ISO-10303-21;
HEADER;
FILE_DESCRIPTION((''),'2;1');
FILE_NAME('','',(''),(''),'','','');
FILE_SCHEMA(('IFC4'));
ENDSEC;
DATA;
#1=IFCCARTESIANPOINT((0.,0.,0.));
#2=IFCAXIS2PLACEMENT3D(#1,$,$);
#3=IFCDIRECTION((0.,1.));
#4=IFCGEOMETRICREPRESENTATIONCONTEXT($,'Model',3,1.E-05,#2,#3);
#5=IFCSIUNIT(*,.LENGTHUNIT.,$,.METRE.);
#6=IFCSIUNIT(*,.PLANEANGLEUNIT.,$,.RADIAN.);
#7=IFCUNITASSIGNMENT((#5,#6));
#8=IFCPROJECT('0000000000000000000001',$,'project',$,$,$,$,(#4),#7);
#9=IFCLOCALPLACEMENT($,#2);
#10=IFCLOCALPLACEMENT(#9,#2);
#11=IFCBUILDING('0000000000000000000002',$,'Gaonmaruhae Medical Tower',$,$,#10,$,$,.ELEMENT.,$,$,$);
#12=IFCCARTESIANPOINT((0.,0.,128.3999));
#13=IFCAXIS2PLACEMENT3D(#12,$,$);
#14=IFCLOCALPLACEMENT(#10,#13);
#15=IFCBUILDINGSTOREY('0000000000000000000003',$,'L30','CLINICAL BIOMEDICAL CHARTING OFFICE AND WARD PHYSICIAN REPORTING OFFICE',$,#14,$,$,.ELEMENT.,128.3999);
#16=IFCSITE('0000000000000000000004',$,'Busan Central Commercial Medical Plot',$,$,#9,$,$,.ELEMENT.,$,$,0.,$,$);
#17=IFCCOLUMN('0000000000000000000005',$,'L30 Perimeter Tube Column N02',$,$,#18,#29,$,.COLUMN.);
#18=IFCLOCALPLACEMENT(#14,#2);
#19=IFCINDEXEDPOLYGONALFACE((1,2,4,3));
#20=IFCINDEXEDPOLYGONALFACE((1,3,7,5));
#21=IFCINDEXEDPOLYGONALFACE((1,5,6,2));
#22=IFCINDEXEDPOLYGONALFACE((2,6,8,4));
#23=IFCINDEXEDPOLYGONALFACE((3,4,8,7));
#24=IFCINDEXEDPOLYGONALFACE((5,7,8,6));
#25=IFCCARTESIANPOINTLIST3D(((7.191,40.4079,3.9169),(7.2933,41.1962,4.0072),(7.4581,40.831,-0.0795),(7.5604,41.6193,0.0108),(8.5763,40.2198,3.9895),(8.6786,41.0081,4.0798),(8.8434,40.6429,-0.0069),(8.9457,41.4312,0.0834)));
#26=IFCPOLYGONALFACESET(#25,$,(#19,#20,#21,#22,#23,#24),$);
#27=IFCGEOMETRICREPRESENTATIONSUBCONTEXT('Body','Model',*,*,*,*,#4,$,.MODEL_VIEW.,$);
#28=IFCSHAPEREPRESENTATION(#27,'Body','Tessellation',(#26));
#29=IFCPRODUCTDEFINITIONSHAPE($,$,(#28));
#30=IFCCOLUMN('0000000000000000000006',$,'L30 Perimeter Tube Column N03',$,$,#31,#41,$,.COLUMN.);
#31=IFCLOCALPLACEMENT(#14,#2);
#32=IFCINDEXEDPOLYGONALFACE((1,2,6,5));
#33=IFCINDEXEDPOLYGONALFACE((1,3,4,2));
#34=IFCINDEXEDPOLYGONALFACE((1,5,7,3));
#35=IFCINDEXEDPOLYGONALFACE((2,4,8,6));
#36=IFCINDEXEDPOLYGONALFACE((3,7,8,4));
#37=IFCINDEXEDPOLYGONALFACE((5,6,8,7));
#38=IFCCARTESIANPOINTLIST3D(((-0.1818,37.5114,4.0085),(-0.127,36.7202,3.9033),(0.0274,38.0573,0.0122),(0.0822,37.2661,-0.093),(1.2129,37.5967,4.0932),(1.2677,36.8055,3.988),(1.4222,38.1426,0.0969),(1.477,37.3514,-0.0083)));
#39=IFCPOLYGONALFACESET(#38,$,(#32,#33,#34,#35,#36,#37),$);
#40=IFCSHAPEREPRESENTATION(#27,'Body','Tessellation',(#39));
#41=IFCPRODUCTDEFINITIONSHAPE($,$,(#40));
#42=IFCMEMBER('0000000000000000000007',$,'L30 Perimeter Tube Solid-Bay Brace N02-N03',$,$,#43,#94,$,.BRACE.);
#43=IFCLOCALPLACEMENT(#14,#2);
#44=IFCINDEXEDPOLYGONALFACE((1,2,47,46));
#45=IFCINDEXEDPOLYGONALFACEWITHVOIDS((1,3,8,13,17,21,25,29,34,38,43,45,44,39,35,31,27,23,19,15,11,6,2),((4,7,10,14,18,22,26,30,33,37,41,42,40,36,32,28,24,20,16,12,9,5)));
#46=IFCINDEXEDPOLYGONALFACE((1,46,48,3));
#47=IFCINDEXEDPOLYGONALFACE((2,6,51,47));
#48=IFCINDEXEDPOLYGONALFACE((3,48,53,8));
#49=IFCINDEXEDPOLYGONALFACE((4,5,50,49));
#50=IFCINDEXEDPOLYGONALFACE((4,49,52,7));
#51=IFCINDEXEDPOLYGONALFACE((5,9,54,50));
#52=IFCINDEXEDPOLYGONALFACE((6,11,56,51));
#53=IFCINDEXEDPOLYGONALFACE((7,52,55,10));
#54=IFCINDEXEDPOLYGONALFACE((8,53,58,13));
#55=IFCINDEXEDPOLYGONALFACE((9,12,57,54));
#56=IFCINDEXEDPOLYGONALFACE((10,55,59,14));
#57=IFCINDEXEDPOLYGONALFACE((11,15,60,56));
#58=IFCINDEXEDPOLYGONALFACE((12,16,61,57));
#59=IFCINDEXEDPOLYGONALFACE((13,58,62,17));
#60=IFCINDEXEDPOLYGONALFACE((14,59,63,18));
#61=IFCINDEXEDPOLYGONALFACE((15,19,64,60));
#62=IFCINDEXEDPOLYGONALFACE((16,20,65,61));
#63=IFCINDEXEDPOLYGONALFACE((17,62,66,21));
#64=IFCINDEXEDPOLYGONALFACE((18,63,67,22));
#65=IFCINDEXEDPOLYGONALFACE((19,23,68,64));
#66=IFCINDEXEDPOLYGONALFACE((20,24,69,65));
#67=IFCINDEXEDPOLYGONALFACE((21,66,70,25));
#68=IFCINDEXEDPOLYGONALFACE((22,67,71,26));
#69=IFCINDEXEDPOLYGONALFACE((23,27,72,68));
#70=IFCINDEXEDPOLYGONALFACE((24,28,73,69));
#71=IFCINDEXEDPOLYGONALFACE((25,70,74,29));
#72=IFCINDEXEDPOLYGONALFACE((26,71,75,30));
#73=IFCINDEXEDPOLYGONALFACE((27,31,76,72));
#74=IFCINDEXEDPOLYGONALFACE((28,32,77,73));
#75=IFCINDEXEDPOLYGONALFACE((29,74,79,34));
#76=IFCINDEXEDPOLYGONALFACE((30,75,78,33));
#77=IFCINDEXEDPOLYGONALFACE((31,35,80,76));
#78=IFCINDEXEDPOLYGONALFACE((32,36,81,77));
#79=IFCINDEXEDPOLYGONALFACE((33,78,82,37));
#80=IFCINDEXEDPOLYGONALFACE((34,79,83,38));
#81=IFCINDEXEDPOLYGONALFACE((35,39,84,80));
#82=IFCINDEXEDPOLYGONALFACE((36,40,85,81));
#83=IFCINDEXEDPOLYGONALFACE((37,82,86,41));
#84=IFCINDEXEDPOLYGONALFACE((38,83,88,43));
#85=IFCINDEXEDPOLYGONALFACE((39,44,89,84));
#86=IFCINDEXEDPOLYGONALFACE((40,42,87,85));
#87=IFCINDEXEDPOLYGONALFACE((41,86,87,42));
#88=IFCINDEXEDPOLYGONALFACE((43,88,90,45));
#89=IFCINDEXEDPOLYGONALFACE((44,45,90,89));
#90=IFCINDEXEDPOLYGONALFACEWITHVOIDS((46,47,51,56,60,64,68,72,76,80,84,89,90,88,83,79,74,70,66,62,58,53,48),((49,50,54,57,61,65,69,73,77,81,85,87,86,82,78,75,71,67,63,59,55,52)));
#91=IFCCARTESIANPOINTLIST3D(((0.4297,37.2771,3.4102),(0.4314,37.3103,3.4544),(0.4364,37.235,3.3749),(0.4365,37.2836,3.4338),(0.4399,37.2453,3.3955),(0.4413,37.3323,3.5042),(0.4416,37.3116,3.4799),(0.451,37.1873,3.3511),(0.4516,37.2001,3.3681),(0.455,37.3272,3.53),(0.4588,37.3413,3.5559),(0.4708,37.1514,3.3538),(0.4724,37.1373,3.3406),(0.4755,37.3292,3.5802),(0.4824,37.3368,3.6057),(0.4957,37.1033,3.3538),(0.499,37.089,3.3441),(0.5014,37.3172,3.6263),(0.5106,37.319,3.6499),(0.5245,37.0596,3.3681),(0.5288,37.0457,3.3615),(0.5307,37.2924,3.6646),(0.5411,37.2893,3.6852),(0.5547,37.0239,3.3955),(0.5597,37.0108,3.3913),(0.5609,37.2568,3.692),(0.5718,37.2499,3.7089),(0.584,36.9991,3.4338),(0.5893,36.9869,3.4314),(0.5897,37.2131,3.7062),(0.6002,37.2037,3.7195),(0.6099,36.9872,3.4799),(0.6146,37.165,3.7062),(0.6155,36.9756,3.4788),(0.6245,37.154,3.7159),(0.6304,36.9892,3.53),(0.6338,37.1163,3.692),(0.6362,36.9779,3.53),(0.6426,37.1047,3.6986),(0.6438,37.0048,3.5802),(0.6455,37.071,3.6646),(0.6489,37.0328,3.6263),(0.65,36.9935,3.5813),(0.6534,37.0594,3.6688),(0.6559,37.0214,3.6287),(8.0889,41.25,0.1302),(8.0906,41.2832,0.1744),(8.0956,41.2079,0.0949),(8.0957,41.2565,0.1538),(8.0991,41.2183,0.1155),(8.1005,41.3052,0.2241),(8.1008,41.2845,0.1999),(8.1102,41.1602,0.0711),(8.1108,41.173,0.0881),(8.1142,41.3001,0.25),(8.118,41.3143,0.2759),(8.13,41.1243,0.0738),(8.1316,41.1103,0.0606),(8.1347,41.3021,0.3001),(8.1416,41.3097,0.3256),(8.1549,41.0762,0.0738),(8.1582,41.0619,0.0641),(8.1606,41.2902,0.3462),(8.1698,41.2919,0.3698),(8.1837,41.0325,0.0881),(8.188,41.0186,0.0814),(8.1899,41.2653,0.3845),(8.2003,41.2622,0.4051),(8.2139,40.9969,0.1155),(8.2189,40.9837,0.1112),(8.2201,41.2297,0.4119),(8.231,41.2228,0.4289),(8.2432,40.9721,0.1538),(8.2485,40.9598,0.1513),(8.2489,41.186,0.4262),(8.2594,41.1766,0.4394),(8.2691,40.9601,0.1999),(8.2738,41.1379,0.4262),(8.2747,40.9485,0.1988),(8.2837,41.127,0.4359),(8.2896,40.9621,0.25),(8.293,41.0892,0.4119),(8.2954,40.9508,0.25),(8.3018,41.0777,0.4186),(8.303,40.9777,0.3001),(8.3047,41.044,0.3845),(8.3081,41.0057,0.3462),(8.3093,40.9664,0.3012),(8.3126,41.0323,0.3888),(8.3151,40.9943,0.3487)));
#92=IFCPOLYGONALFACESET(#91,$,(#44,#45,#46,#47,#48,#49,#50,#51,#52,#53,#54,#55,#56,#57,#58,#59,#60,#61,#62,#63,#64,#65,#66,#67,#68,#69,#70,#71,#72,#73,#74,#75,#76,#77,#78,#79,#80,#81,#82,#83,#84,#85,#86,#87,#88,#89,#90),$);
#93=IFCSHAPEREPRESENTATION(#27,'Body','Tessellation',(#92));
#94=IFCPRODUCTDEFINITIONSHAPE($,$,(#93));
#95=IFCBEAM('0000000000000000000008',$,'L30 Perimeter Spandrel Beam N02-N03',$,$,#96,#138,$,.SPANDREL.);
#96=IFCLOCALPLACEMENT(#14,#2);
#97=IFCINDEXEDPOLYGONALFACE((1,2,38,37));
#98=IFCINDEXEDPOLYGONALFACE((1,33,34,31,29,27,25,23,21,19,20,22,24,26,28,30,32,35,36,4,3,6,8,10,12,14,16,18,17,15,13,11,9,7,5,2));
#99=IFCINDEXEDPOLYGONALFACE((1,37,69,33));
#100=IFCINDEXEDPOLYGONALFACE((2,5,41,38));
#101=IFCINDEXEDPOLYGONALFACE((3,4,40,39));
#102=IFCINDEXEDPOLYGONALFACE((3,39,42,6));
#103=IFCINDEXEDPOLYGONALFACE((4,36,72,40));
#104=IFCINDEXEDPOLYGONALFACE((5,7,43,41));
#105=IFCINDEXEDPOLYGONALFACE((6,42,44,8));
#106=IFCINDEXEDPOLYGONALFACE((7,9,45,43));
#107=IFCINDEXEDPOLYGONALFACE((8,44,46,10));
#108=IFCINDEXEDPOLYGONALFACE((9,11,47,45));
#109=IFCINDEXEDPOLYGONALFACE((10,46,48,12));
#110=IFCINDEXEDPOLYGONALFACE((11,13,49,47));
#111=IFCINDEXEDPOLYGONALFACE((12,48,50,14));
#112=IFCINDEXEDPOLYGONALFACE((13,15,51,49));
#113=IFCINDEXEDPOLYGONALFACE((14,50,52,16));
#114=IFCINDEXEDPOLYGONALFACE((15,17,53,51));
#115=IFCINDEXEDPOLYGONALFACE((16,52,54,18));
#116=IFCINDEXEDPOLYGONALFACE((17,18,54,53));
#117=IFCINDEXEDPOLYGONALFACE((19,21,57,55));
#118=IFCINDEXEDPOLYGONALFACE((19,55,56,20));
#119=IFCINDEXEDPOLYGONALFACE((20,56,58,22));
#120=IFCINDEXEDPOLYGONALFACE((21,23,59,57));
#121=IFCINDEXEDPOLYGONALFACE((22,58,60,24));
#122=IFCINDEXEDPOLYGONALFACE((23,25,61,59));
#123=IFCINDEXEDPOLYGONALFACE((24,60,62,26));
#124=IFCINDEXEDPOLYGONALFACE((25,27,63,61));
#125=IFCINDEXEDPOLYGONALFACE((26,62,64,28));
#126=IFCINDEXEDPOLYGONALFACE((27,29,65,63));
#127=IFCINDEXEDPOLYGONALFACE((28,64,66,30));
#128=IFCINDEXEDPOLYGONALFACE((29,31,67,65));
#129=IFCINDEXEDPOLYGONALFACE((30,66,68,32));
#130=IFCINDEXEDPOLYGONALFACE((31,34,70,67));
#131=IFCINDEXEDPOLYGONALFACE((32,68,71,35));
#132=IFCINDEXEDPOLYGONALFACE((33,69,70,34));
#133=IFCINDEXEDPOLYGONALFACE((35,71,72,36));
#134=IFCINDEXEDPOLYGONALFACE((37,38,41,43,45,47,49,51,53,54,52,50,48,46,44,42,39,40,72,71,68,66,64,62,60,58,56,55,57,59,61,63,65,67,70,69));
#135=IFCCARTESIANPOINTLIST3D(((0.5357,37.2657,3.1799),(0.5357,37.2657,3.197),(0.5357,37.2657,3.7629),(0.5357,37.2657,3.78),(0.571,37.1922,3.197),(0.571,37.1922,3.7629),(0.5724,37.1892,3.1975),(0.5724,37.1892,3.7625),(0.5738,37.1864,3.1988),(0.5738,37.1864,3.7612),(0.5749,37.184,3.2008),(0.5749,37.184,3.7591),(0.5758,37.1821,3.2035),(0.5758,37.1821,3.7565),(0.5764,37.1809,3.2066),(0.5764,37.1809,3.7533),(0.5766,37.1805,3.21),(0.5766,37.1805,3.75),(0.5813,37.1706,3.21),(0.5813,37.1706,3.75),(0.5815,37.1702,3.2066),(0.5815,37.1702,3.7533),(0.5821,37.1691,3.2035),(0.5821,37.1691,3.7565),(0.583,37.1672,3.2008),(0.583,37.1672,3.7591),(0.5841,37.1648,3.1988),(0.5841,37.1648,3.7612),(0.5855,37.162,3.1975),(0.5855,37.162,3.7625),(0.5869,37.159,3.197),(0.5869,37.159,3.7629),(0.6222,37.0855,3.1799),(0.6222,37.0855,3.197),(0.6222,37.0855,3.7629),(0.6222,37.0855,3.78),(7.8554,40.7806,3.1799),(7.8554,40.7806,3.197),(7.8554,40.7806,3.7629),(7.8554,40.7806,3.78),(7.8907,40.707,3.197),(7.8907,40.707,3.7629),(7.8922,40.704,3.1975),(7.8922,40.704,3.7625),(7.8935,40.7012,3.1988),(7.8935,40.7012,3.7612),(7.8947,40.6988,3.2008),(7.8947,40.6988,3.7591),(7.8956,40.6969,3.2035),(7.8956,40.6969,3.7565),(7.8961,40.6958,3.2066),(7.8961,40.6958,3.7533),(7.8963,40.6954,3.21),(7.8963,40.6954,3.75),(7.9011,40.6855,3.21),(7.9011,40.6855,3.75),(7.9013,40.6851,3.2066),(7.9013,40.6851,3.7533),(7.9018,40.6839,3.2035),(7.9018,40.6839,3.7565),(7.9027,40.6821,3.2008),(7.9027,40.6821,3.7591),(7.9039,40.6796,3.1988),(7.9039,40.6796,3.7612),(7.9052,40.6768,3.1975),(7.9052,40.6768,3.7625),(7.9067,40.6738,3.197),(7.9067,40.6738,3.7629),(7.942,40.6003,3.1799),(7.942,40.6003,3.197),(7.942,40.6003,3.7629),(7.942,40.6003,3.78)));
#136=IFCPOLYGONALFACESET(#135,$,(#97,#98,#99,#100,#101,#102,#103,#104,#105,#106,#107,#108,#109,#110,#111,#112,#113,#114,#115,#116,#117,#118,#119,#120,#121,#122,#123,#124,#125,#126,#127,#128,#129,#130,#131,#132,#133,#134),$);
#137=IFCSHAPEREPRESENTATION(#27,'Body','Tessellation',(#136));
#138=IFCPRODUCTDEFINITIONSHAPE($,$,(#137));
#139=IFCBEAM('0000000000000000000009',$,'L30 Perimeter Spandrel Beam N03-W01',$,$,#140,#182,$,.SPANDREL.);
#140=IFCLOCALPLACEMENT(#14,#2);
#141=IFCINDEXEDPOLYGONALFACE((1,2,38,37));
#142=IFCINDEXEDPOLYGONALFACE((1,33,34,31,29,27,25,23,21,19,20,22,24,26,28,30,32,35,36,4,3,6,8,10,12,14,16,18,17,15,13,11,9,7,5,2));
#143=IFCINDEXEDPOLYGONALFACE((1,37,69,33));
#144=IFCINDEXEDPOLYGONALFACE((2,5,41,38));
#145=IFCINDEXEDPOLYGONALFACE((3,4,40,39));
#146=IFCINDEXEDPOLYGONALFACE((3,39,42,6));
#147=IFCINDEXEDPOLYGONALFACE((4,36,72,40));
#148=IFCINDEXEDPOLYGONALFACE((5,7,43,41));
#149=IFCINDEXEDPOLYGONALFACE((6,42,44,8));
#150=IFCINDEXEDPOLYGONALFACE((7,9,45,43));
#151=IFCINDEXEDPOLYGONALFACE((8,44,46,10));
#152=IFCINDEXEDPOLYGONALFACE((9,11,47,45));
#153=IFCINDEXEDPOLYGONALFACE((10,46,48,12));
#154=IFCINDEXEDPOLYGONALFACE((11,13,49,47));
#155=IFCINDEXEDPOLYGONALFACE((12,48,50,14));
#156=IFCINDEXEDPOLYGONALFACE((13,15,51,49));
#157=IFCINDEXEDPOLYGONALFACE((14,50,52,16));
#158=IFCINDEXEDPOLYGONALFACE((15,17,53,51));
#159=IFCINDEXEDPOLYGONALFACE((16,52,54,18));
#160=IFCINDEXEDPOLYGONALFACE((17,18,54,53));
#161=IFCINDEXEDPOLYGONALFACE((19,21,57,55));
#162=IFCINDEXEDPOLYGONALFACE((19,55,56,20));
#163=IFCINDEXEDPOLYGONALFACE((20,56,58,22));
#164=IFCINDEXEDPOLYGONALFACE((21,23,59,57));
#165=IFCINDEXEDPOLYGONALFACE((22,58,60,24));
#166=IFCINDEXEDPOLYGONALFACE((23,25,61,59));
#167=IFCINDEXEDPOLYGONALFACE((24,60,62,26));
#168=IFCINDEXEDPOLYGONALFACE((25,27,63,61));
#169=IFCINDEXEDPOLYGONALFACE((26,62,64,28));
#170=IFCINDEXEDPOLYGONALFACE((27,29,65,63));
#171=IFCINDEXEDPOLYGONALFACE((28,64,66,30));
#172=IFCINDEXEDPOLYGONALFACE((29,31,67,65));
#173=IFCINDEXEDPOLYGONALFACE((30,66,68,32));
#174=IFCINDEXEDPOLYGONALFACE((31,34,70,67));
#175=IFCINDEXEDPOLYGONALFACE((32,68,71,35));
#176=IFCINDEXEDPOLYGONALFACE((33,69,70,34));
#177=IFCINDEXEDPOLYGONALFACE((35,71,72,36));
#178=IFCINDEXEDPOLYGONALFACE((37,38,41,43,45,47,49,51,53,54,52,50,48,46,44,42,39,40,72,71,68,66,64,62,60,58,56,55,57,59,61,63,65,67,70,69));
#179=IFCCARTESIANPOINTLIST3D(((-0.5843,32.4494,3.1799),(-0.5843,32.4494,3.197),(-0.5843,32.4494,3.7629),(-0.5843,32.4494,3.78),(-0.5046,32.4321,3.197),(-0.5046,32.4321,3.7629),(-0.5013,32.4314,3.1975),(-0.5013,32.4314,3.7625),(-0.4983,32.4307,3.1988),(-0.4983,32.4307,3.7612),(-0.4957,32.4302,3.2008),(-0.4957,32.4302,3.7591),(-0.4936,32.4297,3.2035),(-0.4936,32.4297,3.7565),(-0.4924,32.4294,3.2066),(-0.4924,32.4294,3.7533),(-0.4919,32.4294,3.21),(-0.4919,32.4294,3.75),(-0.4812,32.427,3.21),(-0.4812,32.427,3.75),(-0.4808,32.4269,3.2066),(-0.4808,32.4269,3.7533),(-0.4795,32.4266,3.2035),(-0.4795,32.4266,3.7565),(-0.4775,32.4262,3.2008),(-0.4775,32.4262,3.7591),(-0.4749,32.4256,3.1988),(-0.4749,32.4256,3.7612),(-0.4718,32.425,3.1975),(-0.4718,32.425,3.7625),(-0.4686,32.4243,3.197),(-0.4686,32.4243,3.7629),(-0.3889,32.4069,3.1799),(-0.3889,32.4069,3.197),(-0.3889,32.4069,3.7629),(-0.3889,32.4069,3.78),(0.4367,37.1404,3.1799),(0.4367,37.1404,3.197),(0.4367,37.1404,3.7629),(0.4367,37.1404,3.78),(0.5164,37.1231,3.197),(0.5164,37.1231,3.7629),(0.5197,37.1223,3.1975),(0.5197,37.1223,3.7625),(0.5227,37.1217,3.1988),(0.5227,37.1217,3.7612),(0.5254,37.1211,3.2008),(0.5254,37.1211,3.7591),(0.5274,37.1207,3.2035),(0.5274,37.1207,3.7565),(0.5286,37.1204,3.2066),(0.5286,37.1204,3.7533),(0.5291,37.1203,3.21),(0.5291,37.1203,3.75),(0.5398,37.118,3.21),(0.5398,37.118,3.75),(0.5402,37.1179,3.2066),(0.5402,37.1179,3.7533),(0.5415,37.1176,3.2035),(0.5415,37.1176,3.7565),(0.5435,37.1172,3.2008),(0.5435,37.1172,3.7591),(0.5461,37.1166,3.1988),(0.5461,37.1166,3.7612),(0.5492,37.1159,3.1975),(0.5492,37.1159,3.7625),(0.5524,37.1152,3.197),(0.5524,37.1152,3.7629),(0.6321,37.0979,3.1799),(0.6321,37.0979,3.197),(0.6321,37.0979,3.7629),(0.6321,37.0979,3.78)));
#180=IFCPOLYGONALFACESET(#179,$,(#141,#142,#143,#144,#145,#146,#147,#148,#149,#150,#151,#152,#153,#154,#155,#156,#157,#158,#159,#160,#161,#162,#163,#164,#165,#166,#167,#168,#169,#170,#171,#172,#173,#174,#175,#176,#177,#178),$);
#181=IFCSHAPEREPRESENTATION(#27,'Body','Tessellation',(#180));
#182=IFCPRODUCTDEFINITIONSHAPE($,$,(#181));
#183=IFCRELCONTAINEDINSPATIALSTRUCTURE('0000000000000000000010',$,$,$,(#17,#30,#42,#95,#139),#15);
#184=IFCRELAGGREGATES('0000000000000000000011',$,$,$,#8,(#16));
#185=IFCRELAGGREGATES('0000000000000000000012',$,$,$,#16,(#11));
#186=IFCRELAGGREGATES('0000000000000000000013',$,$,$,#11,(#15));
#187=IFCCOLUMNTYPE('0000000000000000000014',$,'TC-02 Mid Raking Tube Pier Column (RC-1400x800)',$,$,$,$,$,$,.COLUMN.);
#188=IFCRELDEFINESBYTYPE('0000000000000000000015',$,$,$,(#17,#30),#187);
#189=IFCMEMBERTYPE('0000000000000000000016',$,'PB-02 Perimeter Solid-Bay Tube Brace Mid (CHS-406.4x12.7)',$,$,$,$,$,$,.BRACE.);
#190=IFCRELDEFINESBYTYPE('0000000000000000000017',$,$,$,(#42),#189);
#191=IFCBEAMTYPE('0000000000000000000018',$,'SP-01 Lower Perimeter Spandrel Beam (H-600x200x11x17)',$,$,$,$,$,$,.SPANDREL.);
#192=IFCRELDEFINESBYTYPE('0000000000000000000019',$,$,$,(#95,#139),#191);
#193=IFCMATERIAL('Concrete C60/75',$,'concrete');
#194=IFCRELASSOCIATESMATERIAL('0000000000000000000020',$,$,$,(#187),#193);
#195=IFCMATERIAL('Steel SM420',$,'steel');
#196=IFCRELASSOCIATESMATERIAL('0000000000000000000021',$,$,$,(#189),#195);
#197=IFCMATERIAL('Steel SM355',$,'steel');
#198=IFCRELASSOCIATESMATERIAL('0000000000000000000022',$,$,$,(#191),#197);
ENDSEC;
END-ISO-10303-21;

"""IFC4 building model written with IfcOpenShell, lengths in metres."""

from ifc_helpers import new_model, si_unit, direction, frame, origin, origin_2d, place, context, subcontext, project, spatial, rectangle, hollow_circle, i_section, extrude, material, material_profile, profile_set, type_object, element, save


model = new_model("IFC4")

# Units and contexts
model_context = context("Model", 3, precision=1e-05, world=origin(), true_north=direction((0.0, 1.0)))
body_context = subcontext(model_context, "Body", "Model", "MODEL_VIEW")
ifc_project = project(units=[si_unit("LENGTHUNIT", "METRE"), si_unit("PLANEANGLEUNIT", "RADIAN")], contexts=[model_context])

# Site, building, storey
site_placement = place(None, origin())
site = spatial("IfcSite", under=ifc_project, at=site_placement, Name="Busan Central Commercial Medical Plot", CompositionType="ELEMENT", RefElevation=0.0)
building_placement = place(site_placement, origin())
building = spatial("IfcBuilding", under=site, at=building_placement, Name="Gaonmaruhae Medical Tower", CompositionType="ELEMENT")
storey_placement = place(building_placement, frame((0.0, 0.0, 128.3999)))
storey = spatial("IfcBuildingStorey", under=building, at=storey_placement, Name="L30", Description="CLINICAL BIOMEDICAL CHARTING OFFICE AND WARD PHYSICIAN REPORTING OFFICE", CompositionType="ELEMENT", Elevation=128.3999)

# Columns
ifc_material_1 = material(Name="Concrete C60/75", Category="concrete")
ifc_material_profile_1 = material_profile(ifc_material_1, rectangle(XDim=1.3999, YDim=0.8, at=origin_2d()), Name="RC-1400x800")
ifc_profile_set_1 = profile_set([ifc_material_profile_1], Name="Concrete C60/75")
column_type = type_object("IfcColumnType", Name="TC-02 Mid Raking Tube Pier Column (RC-1400x800)", PredefinedType="COLUMN", material=ifc_profile_set_1)
column_1_placement = place(storey_placement, frame((8.2019, 41.1311, 0.002), z_axis=(-0.066316, -0.105051, 0.992253), x_axis=(0.989572, -0.134357, 0.051912)))
element("IfcColumn", 1, at=column_1_placement, inside=storey, type_object=column_type, Name="L30 Perimeter Tube Column N02", PredefinedType="COLUMN", context=body_context, shape_type="SweptSolid", body=[
    extrude(rectangle(XDim=1.3999, YDim=0.8, at=origin_2d()), origin(), (0.0, 0.0, 1.0), 4.0276),
])
column_2_placement = place(storey_placement, frame((0.7522, 37.7043, 0.002), z_axis=(-0.051804, -0.135161, 0.989468), x_axis=(0.996307, 0.060937, 0.060486)))
element("IfcColumn", 2, at=column_2_placement, inside=storey, type_object=column_type, Name="L30 Perimeter Tube Column N03", PredefinedType="COLUMN", context=body_context, shape_type="SweptSolid", body=[
    extrude(rectangle(XDim=1.3999, YDim=0.8, at=origin_2d()), origin(), (0.0, 0.0, 1.0), 4.0388),
])

# Member
ifc_material_2 = material(Name="Steel SM420", Category="steel")
ifc_material_profile_2 = material_profile(ifc_material_2, hollow_circle(Radius=0.2031, WallThickness=0.0127, at=origin_2d()), Name="CHS-406.4x12.7")
ifc_profile_set_2 = profile_set([ifc_material_profile_2], Name="Steel SM420")
member_type = type_object("IfcMemberType", Name="PB-02 Perimeter Solid-Bay Tube Brace Mid (CHS-406.4x12.7)", PredefinedType="BRACE", material=ifc_profile_set_2)
member_placement = place(storey_placement, frame((8.2019, 41.1311, 0.25), z_axis=(-0.829752, -0.430401, 0.35534), x_axis=(0.460452, -0.887685, 0.0)))
element("IfcMember", 3, at=member_placement, inside=storey, type_object=member_type, Name="L30 Perimeter Tube Solid-Bay Brace N02-N03", PredefinedType="BRACE", context=body_context, shape_type="SweptSolid", body=[
    extrude(hollow_circle(Radius=0.2031, WallThickness=0.0127, at=origin_2d()), origin(), (0.0, 0.0, 1.0), 9.2307),
])

# Beams
ifc_material_3 = material(Name="Steel SM355", Category="steel")
ifc_material_profile_3 = material_profile(ifc_material_3, i_section(OverallWidth=0.2, OverallDepth=0.6001, WebThickness=0.011, FlangeThickness=0.0171, FilletRadius=0.0129, at=origin_2d()), Name="H-600x200x11x17")
ifc_profile_set_3 = profile_set([ifc_material_profile_3], Name="Steel SM355")
beam_type = type_object("IfcBeamType", Name="SP-01 Lower Perimeter Spandrel Beam (H-600x200x11x17)", PredefinedType="SPANDREL", material=ifc_profile_set_3)
beam_1_placement = place(storey_placement, frame((7.8987, 40.6904, 3.48), z_axis=(-0.901457, -0.432869, 0.0), x_axis=(0.432869, -0.901457, 0.0)))
element("IfcBeam", 4, at=beam_1_placement, inside=storey, type_object=beam_type, Name="L30 Perimeter Spandrel Beam N02-N03", PredefinedType="SPANDREL", context=body_context, shape_type="SweptSolid", body=[
    extrude(i_section(OverallWidth=0.2, OverallDepth=0.6001, WebThickness=0.011, FlangeThickness=0.0171, FilletRadius=0.0129, at=origin_2d()), origin(), (0.0, 0.0, 1.0), 8.1199),
])
beam_2_placement = place(storey_placement, frame((0.5344, 37.1191, 3.48), z_axis=(-0.212675, -0.977123, 0.0), x_axis=(0.977123, -0.212675, 0.0)))
element("IfcBeam", 5, at=beam_2_placement, inside=storey, type_object=beam_type, Name="L30 Perimeter Spandrel Beam N03-W01", PredefinedType="SPANDREL", context=body_context, shape_type="SweptSolid", body=[
    extrude(i_section(OverallWidth=0.2, OverallDepth=0.6001, WebThickness=0.011, FlangeThickness=0.0171, FilletRadius=0.0129, at=origin_2d()), origin(), (0.0, 0.0, 1.0), 4.8008),
])

save(model, "model.ifc")
